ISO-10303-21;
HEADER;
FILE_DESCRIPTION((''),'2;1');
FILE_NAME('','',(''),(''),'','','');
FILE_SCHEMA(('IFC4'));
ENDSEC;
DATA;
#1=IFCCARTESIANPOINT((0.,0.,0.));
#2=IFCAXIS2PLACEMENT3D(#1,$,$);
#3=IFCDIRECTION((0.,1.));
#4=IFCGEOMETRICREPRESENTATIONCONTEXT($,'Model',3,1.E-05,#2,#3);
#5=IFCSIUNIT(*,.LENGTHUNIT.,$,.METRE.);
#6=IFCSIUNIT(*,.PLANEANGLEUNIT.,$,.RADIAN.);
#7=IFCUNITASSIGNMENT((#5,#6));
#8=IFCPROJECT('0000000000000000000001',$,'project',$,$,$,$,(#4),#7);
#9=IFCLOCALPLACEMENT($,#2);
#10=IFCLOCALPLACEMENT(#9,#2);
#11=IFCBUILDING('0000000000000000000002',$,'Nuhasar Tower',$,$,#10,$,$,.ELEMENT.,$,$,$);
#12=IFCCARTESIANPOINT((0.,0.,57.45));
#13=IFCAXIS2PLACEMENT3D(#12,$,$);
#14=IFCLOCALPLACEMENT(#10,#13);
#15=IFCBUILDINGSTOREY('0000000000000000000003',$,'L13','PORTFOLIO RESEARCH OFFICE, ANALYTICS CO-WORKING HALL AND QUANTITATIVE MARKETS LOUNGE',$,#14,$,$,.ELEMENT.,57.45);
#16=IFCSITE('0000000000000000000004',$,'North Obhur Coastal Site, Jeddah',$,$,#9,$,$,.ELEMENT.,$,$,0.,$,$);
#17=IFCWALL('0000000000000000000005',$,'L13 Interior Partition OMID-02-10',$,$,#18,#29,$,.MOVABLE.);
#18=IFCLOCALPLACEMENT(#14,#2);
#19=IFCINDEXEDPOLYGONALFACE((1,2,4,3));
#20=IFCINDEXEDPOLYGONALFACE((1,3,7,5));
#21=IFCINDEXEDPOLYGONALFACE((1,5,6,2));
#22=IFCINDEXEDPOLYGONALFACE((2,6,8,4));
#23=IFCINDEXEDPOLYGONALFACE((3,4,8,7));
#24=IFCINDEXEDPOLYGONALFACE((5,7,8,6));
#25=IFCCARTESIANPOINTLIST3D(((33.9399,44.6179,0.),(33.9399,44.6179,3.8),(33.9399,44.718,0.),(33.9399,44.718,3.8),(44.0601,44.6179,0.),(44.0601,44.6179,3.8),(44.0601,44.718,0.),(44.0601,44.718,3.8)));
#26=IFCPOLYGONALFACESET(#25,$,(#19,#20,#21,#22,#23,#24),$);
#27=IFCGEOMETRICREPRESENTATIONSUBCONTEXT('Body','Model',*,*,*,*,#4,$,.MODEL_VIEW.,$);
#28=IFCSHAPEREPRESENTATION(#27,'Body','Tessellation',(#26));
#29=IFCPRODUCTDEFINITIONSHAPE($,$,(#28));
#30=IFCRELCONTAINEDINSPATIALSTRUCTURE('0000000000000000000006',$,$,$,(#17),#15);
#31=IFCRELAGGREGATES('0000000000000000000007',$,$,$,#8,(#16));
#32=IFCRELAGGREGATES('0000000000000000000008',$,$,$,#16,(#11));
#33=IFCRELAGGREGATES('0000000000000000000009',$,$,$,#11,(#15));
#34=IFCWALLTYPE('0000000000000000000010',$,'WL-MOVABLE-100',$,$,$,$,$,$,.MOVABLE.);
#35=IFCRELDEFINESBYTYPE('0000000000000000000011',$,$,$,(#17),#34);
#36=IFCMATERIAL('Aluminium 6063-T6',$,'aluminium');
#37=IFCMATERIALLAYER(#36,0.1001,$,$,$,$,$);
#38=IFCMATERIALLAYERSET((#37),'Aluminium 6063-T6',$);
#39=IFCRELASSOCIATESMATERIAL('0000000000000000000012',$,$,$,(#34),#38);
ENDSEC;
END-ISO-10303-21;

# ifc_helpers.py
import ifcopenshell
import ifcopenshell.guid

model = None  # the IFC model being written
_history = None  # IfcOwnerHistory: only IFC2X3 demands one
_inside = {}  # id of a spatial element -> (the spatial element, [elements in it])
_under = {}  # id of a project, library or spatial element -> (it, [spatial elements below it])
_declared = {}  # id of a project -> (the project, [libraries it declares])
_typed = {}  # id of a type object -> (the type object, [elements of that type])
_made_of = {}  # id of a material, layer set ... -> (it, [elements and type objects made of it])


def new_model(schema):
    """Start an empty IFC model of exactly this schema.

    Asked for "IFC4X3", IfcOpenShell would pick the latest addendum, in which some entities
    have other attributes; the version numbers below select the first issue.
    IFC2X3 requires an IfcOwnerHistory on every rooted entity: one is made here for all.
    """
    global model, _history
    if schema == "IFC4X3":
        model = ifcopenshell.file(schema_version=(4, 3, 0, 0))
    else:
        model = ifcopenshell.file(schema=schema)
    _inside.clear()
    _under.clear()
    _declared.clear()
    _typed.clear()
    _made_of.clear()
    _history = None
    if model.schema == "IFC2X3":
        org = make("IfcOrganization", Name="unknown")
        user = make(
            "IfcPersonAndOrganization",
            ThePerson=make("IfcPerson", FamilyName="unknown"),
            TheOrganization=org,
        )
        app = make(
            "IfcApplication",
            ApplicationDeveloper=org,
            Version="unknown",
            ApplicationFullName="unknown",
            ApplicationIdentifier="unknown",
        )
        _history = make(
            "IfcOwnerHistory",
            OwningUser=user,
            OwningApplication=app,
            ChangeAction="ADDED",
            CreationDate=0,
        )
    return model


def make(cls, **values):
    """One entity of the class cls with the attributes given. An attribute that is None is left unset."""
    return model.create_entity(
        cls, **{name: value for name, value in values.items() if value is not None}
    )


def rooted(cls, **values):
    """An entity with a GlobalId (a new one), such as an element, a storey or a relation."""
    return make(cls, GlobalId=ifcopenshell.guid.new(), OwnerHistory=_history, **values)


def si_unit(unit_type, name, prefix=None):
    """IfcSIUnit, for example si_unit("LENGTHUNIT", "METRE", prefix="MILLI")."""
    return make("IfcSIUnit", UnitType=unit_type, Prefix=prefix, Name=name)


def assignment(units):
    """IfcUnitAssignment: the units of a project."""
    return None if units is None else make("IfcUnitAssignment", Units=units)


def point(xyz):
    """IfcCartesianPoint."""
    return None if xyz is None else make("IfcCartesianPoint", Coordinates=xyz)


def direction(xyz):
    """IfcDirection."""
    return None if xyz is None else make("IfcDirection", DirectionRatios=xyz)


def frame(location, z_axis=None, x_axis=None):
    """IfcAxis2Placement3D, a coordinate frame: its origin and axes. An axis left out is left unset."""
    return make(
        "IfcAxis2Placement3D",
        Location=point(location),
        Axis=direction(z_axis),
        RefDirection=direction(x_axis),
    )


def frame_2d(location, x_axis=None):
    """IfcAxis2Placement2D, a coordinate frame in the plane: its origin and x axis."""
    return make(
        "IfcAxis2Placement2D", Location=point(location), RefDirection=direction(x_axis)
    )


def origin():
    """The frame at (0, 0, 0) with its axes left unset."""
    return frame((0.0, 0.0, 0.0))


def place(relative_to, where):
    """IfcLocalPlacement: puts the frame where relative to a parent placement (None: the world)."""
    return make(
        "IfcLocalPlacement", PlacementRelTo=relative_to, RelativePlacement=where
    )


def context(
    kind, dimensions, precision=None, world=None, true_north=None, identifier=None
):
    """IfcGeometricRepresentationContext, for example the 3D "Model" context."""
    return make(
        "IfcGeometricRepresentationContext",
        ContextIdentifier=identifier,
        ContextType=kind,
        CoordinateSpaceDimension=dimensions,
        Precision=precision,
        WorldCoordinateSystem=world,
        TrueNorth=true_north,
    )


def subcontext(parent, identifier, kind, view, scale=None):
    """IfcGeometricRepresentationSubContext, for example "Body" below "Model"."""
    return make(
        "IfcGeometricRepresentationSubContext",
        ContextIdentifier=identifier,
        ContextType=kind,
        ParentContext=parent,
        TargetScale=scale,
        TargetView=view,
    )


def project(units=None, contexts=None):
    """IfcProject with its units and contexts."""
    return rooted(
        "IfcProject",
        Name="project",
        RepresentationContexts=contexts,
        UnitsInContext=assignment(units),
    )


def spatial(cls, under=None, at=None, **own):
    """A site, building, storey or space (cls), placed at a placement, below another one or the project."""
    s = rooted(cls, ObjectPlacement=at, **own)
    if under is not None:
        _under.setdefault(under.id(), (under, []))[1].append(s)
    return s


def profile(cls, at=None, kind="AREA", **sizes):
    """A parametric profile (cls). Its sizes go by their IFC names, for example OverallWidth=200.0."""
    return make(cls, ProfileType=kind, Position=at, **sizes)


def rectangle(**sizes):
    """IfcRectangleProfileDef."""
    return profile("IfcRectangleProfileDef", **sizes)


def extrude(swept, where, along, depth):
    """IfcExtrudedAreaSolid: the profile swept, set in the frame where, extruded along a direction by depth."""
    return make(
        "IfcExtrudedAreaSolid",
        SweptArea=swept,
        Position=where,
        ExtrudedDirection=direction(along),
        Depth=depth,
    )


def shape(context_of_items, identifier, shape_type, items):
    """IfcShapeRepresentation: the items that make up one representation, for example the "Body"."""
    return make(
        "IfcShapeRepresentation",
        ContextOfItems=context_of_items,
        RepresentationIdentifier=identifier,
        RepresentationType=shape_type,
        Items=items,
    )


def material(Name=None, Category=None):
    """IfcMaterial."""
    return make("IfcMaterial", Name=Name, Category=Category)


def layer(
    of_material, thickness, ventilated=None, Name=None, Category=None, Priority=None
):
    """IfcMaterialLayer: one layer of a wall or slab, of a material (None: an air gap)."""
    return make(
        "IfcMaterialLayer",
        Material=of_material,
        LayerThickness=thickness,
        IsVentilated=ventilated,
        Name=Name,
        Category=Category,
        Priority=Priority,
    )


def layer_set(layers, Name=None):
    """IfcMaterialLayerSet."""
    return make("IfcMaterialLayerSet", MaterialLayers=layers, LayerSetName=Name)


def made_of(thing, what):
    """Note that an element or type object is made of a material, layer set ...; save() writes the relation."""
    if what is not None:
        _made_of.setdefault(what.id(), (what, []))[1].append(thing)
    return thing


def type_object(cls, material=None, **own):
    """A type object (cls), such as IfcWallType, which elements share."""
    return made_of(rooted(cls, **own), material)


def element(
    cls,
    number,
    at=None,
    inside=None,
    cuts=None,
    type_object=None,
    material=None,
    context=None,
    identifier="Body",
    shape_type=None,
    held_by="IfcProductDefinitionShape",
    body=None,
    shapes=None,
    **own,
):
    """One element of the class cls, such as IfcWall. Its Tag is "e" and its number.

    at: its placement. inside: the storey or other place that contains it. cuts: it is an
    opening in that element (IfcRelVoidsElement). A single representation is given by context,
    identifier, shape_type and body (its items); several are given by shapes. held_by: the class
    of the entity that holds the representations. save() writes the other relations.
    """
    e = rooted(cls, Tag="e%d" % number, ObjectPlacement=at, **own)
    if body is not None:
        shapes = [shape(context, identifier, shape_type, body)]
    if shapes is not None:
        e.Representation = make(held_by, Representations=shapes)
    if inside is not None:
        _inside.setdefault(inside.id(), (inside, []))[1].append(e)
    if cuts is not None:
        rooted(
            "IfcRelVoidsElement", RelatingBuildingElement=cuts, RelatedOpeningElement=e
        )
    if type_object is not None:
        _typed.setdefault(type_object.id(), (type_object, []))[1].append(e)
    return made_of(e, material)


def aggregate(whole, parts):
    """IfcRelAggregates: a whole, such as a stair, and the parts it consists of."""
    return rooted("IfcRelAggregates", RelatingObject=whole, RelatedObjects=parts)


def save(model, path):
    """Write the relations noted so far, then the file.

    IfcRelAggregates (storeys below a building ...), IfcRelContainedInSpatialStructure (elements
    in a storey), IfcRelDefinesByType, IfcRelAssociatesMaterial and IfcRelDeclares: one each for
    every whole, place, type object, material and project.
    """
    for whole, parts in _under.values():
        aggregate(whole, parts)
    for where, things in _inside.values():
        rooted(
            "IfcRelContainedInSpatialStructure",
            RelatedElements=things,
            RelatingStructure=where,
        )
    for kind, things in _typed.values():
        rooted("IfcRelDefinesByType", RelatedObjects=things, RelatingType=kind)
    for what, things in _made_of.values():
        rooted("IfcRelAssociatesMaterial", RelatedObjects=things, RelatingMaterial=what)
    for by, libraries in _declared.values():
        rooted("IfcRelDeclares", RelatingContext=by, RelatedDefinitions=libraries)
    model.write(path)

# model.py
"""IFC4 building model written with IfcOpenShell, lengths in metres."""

from ifc_helpers import new_model, si_unit, direction, frame, frame_2d, origin, place, context, subcontext, project, spatial, rectangle, extrude, material, layer, layer_set, type_object, element, save


model = new_model("IFC4")

# Units and contexts
model_context = context("Model", 3, precision=1e-05, world=origin(), true_north=direction((0.0, 1.0)))
body_context = subcontext(model_context, "Body", "Model", "MODEL_VIEW")
ifc_project = project(units=[si_unit("LENGTHUNIT", "METRE"), si_unit("PLANEANGLEUNIT", "RADIAN")], contexts=[model_context])

# Site, building, storey
site_placement = place(None, origin())
site = spatial("IfcSite", under=ifc_project, at=site_placement, Name="North Obhur Coastal Site, Jeddah", CompositionType="ELEMENT", RefElevation=0.0)
building_placement = place(site_placement, origin())
building = spatial("IfcBuilding", under=site, at=building_placement, Name="Nuhasar Tower", CompositionType="ELEMENT")
storey_placement = place(building_placement, frame((0.0, 0.0, 57.45)))
storey = spatial("IfcBuildingStorey", under=building, at=storey_placement, Name="L13", Description="PORTFOLIO RESEARCH OFFICE, ANALYTICS CO-WORKING HALL AND QUANTITATIVE MARKETS LOUNGE", CompositionType="ELEMENT", Elevation=57.45)

# Shared definitions
ifc_material_1 = material(Name="Aluminium 6063-T6", Category="aluminium")

# Shared definitions
ifc_layer_1 = layer(ifc_material_1, 0.1001)
ifc_layer_set_1 = layer_set([ifc_layer_1], Name="Aluminium 6063-T6")
wall_type_1 = type_object("IfcWallType", Name="WL-MOVABLE-100", PredefinedType="MOVABLE", material=ifc_layer_set_1)

# Wall
wall_1_placement = place(storey_placement, frame((44.0601, 44.668, 0.0), z_axis=(0.0, 0.0, 1.0), x_axis=(-1.0, 0.0, 0.0)))
element("IfcWall", 1, at=wall_1_placement, inside=storey, type_object=wall_type_1, Name="L13 Interior Partition OMID-02-10", PredefinedType="MOVABLE", context=body_context, shape_type="SweptSolid", body=[
    extrude(rectangle(XDim=10.1201, YDim=0.1001, at=frame_2d((5.0601, 0.0))), origin(), (0.0, 0.0, 1.0), 3.8),
])

save(model, "model.ifc")
